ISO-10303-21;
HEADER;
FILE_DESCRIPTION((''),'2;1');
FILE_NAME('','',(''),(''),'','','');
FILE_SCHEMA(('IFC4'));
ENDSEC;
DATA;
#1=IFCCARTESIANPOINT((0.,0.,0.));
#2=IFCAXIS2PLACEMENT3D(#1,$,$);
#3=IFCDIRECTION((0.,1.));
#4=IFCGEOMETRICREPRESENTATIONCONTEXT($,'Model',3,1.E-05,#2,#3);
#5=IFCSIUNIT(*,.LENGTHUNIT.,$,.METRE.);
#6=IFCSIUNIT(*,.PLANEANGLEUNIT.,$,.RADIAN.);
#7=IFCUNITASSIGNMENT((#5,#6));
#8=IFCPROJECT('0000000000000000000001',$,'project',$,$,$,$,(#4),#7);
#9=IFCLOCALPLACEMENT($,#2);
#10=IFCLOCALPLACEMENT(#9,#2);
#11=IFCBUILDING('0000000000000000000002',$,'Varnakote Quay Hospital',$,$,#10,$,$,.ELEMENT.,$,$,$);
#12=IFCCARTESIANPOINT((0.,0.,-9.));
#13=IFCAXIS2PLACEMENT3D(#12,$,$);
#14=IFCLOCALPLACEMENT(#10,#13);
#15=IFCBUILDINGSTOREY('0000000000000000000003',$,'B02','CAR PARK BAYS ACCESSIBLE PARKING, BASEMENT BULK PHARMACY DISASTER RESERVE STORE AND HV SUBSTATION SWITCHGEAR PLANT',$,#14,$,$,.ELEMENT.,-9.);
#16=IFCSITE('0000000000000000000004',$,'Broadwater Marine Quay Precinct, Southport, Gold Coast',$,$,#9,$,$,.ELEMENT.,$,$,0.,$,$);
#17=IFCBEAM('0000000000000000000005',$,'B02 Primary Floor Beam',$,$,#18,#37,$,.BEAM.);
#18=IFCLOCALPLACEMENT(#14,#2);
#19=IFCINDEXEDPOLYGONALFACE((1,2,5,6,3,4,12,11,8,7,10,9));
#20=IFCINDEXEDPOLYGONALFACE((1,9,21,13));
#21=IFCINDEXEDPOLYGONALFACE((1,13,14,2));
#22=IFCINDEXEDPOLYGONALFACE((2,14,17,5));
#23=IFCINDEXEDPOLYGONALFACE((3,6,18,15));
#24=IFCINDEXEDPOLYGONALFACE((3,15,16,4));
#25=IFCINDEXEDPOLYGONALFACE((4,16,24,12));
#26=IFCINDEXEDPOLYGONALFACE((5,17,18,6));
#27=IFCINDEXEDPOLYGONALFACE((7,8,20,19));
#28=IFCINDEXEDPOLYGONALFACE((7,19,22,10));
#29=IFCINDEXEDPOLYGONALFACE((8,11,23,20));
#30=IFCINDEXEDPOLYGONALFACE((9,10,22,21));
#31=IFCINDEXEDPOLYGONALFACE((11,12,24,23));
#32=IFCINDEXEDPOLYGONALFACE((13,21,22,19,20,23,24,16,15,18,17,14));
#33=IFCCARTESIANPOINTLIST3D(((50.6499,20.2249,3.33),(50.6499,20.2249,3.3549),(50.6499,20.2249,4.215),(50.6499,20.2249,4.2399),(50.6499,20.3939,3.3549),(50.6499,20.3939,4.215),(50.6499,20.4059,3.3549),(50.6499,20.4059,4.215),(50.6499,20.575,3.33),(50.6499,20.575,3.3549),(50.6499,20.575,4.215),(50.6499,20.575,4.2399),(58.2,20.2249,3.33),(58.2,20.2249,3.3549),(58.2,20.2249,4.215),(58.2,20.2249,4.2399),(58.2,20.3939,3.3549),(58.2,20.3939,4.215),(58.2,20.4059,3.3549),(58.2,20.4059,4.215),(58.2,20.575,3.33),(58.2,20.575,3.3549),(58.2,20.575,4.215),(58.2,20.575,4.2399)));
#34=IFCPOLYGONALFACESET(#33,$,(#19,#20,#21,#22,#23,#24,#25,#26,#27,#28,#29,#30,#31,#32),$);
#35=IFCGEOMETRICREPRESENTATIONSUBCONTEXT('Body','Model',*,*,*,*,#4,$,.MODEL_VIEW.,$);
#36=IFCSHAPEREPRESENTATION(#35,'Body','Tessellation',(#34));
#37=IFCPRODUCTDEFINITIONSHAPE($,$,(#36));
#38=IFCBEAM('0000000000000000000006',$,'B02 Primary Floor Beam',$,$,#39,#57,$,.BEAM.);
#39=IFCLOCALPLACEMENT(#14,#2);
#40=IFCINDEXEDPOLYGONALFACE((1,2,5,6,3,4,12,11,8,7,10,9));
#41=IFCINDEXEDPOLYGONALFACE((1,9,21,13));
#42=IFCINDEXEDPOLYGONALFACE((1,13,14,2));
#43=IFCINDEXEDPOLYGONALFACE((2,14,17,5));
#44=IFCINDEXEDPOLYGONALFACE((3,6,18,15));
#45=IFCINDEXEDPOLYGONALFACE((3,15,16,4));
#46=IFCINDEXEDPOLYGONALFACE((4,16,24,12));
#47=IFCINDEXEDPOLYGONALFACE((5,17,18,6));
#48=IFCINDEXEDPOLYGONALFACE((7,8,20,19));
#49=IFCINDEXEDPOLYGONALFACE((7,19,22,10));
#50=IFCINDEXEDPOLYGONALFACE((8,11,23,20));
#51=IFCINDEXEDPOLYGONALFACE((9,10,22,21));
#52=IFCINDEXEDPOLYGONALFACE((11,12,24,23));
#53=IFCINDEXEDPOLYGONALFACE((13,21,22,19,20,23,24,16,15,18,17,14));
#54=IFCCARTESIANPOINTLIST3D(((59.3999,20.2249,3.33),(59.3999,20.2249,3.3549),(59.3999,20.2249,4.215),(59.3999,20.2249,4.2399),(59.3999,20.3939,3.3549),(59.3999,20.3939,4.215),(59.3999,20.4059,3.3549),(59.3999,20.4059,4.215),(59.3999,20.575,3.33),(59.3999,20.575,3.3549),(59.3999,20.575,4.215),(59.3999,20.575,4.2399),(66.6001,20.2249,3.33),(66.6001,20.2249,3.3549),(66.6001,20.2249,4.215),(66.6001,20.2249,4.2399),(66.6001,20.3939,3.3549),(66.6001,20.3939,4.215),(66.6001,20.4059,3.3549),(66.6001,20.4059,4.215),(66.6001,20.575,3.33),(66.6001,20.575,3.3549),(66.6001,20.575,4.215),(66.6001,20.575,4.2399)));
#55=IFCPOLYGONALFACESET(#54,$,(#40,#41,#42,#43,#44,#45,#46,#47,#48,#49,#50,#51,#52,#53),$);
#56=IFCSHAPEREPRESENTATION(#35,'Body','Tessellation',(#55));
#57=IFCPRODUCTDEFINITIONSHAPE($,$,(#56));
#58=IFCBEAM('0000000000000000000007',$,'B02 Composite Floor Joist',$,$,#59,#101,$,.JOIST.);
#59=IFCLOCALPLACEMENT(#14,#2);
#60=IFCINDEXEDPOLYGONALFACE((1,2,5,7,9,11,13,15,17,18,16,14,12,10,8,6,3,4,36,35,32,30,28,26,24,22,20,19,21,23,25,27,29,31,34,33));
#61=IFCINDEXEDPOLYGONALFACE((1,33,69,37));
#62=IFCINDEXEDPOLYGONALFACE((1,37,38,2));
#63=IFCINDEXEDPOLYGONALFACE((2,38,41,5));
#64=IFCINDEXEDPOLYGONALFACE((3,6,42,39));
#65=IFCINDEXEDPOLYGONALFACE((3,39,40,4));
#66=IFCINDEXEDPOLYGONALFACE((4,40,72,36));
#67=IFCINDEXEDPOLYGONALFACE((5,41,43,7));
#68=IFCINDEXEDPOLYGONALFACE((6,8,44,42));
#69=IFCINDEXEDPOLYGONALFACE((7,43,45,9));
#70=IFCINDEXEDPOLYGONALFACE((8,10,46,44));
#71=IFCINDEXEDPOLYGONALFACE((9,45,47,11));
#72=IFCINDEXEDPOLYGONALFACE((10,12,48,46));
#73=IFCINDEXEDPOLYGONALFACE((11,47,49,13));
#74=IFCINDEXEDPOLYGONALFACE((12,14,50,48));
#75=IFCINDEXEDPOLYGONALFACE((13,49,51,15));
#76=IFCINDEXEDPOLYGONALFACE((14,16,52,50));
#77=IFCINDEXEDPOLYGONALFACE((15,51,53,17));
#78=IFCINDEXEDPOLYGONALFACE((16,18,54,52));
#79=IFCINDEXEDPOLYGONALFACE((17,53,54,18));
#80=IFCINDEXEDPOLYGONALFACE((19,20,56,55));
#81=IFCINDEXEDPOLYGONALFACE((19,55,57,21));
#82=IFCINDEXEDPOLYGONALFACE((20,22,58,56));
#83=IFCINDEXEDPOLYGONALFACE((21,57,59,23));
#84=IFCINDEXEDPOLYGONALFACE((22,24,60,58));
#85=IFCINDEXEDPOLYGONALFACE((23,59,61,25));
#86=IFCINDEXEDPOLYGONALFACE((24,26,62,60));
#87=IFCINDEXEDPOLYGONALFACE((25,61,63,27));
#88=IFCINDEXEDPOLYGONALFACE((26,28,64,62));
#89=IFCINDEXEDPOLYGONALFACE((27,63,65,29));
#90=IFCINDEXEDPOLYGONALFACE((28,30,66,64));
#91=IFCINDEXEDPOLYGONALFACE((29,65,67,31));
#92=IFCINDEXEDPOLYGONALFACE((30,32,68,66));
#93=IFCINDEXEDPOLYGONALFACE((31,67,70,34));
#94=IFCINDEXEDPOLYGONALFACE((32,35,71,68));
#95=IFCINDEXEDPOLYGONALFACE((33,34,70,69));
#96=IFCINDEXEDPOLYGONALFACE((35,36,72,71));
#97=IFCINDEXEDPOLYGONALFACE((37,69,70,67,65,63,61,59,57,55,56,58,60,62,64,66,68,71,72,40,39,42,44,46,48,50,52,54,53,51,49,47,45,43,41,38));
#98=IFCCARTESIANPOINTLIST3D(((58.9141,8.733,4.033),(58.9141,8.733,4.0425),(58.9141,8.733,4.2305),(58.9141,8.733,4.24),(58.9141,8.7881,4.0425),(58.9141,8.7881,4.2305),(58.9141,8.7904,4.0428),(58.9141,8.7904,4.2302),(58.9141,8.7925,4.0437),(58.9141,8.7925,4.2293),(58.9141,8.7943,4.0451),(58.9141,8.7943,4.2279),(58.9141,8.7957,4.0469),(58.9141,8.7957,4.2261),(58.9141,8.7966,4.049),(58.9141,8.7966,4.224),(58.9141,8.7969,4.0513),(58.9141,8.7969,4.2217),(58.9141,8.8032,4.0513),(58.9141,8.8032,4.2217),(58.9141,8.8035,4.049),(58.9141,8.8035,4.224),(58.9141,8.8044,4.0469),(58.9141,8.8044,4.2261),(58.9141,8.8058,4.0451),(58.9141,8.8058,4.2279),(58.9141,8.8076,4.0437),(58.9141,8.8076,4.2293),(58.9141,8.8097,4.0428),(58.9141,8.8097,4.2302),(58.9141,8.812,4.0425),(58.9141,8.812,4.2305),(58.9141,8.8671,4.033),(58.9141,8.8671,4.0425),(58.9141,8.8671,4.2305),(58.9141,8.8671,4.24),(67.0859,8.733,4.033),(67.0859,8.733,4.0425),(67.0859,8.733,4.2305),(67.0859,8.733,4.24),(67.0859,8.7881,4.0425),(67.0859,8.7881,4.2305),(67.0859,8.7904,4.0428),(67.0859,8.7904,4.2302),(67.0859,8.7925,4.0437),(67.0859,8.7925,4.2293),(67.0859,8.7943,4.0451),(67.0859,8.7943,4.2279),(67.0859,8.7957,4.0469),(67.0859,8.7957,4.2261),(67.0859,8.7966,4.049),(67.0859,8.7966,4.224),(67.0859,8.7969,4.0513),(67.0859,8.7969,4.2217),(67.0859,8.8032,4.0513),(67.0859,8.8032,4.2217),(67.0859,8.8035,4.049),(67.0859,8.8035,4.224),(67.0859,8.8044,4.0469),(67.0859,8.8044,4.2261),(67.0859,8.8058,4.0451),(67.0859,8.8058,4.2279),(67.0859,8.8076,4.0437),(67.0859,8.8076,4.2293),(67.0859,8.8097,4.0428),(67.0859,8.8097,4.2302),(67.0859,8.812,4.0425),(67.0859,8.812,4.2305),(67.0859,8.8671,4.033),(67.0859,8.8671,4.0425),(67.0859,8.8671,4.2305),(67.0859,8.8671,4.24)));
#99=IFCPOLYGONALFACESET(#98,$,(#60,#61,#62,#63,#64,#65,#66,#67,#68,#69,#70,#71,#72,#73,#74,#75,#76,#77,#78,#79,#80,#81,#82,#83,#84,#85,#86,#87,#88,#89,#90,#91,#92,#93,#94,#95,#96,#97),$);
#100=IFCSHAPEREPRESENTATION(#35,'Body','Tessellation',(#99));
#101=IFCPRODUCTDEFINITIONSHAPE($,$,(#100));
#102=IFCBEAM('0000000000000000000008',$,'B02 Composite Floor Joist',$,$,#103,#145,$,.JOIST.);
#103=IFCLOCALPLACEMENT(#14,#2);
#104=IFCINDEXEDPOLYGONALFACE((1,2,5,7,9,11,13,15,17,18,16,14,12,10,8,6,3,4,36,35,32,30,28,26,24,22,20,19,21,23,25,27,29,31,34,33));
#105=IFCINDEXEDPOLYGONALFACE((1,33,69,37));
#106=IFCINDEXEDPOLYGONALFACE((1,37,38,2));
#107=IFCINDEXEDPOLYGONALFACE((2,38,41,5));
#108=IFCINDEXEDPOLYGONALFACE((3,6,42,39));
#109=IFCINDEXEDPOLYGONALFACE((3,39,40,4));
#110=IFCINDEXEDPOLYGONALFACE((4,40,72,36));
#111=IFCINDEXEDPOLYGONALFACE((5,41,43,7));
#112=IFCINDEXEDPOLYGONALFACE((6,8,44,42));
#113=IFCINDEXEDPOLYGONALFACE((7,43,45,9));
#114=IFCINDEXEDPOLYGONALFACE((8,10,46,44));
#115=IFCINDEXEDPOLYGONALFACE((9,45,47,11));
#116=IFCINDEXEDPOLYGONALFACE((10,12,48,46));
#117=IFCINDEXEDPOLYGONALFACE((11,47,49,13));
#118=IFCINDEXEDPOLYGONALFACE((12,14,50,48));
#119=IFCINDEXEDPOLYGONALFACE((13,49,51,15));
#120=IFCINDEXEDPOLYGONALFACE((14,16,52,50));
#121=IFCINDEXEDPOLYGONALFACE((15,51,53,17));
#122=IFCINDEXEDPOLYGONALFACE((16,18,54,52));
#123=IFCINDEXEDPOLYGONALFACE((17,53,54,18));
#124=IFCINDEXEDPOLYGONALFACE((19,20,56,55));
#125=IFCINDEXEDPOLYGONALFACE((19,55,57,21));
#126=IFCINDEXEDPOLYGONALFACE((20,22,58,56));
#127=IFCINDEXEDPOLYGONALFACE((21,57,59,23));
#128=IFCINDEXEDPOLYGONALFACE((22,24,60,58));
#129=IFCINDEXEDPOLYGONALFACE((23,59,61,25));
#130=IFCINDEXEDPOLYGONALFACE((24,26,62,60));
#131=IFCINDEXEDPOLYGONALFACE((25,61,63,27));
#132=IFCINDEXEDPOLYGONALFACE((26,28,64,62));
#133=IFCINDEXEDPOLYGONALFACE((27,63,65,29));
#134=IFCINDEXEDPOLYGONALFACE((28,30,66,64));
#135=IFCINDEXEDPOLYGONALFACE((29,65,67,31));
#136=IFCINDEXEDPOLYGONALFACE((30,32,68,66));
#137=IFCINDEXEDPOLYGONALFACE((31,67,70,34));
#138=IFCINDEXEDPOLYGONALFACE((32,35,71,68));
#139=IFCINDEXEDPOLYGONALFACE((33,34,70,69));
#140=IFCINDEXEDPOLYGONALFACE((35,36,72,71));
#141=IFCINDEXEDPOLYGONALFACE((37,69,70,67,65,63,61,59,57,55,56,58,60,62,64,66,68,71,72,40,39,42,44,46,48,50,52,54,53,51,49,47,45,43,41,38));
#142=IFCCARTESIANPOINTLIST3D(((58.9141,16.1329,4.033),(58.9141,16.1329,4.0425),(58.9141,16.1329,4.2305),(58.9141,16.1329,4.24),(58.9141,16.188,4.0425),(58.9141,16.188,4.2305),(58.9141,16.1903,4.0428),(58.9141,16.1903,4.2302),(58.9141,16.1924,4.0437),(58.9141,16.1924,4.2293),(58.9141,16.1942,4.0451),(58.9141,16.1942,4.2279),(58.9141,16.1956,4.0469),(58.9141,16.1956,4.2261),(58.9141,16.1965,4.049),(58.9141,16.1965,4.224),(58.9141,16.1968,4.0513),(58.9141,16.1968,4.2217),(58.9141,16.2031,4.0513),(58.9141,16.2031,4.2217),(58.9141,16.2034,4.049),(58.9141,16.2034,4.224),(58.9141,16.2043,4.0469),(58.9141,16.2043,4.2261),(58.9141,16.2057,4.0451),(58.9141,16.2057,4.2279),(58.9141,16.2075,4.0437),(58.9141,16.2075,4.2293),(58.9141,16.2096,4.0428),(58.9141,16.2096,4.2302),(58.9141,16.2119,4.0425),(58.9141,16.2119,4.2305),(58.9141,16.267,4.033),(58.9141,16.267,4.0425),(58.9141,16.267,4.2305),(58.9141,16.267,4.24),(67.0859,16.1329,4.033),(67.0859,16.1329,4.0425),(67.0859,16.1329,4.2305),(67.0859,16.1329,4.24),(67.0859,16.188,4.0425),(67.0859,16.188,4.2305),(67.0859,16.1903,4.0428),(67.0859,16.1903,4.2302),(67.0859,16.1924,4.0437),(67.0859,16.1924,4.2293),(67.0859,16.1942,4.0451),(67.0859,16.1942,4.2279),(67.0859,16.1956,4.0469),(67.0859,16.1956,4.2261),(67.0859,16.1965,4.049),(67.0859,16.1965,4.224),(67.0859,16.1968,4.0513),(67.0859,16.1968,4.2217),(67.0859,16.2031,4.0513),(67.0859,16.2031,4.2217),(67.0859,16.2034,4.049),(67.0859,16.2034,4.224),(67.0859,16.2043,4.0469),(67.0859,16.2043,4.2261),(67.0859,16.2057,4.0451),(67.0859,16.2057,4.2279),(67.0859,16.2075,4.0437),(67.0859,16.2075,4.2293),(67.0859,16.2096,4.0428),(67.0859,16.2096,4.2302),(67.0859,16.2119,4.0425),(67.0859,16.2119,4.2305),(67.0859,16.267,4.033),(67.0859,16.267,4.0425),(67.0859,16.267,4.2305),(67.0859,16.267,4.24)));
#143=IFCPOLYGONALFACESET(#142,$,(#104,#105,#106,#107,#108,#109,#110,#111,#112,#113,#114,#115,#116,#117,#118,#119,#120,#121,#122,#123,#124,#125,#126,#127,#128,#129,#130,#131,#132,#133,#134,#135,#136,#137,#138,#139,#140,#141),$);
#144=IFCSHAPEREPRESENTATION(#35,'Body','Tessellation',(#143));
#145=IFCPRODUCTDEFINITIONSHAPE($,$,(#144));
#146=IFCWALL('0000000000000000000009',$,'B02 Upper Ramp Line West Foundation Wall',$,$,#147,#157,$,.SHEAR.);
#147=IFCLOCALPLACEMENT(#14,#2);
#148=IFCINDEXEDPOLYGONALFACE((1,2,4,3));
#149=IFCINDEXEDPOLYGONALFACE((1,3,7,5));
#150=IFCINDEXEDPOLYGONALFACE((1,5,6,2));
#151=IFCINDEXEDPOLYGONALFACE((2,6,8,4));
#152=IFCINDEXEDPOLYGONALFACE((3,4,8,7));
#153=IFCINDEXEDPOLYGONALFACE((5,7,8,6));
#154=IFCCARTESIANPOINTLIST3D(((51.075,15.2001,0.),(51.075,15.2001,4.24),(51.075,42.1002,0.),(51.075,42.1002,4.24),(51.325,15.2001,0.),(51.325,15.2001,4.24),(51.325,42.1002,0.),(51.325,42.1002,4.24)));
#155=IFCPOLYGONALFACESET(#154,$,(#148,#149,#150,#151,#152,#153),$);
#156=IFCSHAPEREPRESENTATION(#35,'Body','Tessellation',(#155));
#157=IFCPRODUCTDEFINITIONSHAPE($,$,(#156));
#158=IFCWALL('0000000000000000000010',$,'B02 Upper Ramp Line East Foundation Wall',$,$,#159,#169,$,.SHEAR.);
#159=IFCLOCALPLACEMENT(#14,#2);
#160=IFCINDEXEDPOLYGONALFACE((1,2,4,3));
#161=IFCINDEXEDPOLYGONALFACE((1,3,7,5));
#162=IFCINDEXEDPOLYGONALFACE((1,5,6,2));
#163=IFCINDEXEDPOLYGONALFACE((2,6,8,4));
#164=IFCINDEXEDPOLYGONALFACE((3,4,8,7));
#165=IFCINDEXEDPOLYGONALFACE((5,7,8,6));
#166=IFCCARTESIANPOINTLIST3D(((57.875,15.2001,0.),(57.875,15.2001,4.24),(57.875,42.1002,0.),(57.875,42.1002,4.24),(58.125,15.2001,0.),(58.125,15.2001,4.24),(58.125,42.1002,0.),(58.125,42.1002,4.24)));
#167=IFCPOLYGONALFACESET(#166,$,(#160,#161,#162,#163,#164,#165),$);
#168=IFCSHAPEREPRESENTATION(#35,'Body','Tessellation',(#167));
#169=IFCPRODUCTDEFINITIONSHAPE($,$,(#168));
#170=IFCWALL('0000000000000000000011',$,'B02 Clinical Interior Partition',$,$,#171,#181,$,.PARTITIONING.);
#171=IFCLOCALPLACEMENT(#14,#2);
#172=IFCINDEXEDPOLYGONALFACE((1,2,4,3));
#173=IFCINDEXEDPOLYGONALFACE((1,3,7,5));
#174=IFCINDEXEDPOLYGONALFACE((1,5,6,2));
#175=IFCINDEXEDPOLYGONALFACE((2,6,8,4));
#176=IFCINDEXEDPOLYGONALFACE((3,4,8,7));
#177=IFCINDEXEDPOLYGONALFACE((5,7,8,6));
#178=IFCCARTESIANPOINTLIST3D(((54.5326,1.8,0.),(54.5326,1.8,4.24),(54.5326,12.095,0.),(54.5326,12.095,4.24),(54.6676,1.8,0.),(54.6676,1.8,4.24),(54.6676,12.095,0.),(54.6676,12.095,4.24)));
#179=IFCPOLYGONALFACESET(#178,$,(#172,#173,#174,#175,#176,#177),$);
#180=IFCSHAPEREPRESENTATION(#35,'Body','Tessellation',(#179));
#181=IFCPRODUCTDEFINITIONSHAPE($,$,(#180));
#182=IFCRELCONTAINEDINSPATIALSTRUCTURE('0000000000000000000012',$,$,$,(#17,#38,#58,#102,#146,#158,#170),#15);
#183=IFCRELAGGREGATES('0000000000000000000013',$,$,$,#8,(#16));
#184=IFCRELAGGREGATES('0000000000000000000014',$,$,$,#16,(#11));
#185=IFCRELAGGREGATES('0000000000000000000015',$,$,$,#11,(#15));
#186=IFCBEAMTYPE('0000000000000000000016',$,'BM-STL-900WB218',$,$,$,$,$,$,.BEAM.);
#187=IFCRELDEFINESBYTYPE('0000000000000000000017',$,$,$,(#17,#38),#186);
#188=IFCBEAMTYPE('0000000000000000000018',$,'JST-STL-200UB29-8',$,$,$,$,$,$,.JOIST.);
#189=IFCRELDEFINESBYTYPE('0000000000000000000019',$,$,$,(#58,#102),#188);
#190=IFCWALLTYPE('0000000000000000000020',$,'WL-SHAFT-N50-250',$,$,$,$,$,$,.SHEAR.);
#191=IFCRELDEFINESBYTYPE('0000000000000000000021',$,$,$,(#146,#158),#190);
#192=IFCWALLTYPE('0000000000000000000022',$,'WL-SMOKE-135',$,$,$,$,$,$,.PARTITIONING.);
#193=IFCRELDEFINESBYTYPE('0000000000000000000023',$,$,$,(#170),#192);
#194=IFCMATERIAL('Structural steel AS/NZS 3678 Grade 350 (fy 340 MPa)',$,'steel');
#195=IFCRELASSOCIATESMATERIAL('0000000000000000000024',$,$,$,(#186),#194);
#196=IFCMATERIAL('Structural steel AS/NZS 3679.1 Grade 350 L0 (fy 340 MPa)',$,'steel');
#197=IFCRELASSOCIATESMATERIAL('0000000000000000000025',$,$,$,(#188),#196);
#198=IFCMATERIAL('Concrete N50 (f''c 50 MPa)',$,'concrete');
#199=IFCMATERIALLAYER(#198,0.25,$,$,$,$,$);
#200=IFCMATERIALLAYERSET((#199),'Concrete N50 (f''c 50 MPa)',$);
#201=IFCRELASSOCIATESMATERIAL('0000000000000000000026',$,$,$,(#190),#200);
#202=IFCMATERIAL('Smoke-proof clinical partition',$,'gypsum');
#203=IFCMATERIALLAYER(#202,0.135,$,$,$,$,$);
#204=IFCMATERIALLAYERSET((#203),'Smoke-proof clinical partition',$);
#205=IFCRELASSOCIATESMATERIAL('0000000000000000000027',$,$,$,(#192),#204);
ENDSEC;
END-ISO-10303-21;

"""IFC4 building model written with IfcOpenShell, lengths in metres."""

from ifc_helpers import new_model, si_unit, direction, frame, frame_2d, origin, origin_2d, place, context, subcontext, project, spatial, rectangle, i_section, extrude, material, layer, layer_set, material_profile, profile_set, type_object, element, save


model = new_model("IFC4")

# Units and contexts
model_context = context("Model", 3, precision=1e-05, world=origin(), true_north=direction((0.0, 1.0)))
body_context = subcontext(model_context, "Body", "Model", "MODEL_VIEW")
ifc_project = project(units=[si_unit("LENGTHUNIT", "METRE"), si_unit("PLANEANGLEUNIT", "RADIAN")], contexts=[model_context])

# Site, building, storey
site_placement = place(None, origin())
site = spatial("IfcSite", under=ifc_project, at=site_placement, Name="Broadwater Marine Quay Precinct, Southport, Gold Coast", CompositionType="ELEMENT", RefElevation=0.0)
building_placement = place(site_placement, origin())
building = spatial("IfcBuilding", under=site, at=building_placement, Name="Varnakote Quay Hospital", CompositionType="ELEMENT")
storey_placement = place(building_placement, frame((0.0, 0.0, -9.0)))
storey = spatial("IfcBuildingStorey", under=building, at=storey_placement, Name="B02", Description="CAR PARK BAYS ACCESSIBLE PARKING, BASEMENT BULK PHARMACY DISASTER RESERVE STORE AND HV SUBSTATION SWITCHGEAR PLANT", CompositionType="ELEMENT", Elevation=-9.0)

# Beams
ifc_material_1 = material(Name="Structural steel AS/NZS 3678 Grade 350 (fy 340 MPa)", Category="steel")
ifc_material_profile_1 = material_profile(ifc_material_1, i_section(OverallWidth=0.3501, OverallDepth=0.9099, WebThickness=0.012, FlangeThickness=0.0249, at=origin_2d()), Name="900WB218")
ifc_profile_set_1 = profile_set([ifc_material_profile_1], Name="Structural steel AS/NZS 3678 Grade 350 (fy 340 MPa)")
beam_type_1 = type_object("IfcBeamType", Name="BM-STL-900WB218", PredefinedType="BEAM", material=ifc_profile_set_1)
beam_1_placement = place(storey_placement, frame((50.6499, 20.3999, 3.7849), z_axis=(1.0, 0.0, 0.0), x_axis=(0.0, 1.0, 0.0)))
element("IfcBeam", 1, at=beam_1_placement, inside=storey, type_object=beam_type_1, Name="B02 Primary Floor Beam", PredefinedType="BEAM", context=body_context, shape_type="SweptSolid", body=[
    extrude(i_section(OverallWidth=0.3501, OverallDepth=0.9099, WebThickness=0.012, FlangeThickness=0.0249, at=origin_2d()), origin(), (0.0, 0.0, 1.0), 7.55),
])
beam_2_placement = place(storey_placement, frame((59.3999, 20.3999, 3.7849), z_axis=(1.0, 0.0, 0.0), x_axis=(0.0, 1.0, 0.0)))
element("IfcBeam", 2, at=beam_2_placement, inside=storey, type_object=beam_type_1, Name="B02 Primary Floor Beam", PredefinedType="BEAM", context=body_context, shape_type="SweptSolid", body=[
    extrude(i_section(OverallWidth=0.3501, OverallDepth=0.9099, WebThickness=0.012, FlangeThickness=0.0249, at=origin_2d()), origin(), (0.0, 0.0, 1.0), 7.2002),
])
ifc_material_2 = material(Name="Structural steel AS/NZS 3679.1 Grade 350 L0 (fy 340 MPa)", Category="steel")
ifc_material_profile_2 = material_profile(ifc_material_2, i_section(OverallWidth=0.134, OverallDepth=0.207, WebThickness=0.0063, FlangeThickness=0.0095, FilletRadius=0.0088, at=origin_2d()), Name="200UB29.8")
ifc_profile_set_2 = profile_set([ifc_material_profile_2], Name="Structural steel AS/NZS 3679.1 Grade 350 L0 (fy 340 MPa)")
beam_type_2 = type_object("IfcBeamType", Name="JST-STL-200UB29-8", PredefinedType="JOIST", material=ifc_profile_set_2)
for number, where, z_axis, x_axis, name in (
    (3, (58.9141, 8.8, 4.1365), (1.0, 0.0, 0.0), (0.0, 1.0, 0.0), "B02 Composite Floor Joist"),
    (4, (58.9141, 16.2, 4.1365), (1.0, 0.0, 0.0), (0.0, 1.0, 0.0), "B02 Composite Floor Joist"),
):
    element("IfcBeam", number, at=place(storey_placement, frame(where, z_axis=z_axis, x_axis=x_axis)), inside=storey, type_object=beam_type_2, Name=name, PredefinedType="JOIST", context=body_context, shape_type="SweptSolid", body=[
        extrude(i_section(OverallWidth=0.134, OverallDepth=0.207, WebThickness=0.0063, FlangeThickness=0.0095, FilletRadius=0.0088, at=origin_2d()), origin(), (0.0, 0.0, 1.0), 8.1719),
    ])

# Walls
ifc_material_3 = material(Name="Concrete N50 (f'c 50 MPa)", Category="concrete")
ifc_layer_1 = layer(ifc_material_3, 0.25)
ifc_layer_set_1 = layer_set([ifc_layer_1], Name="Concrete N50 (f'c 50 MPa)")
wall_type_1 = type_object("IfcWallType", Name="WL-SHAFT-N50-250", PredefinedType="SHEAR", material=ifc_layer_set_1)
for number, where, z_axis, x_axis, name in (
    (5, (51.2, 15.2, 0.0), (0.0, 0.0, 1.0), (0.0, 1.0, 0.0), "B02 Upper Ramp Line West Foundation Wall"),
    (6, (58.0, 15.2, 0.0), (0.0, 0.0, 1.0), (0.0, 1.0, 0.0), "B02 Upper Ramp Line East Foundation Wall"),
):
    element("IfcWall", number, at=place(storey_placement, frame(where, z_axis=z_axis, x_axis=x_axis)), inside=storey, type_object=wall_type_1, Name=name, PredefinedType="SHEAR", context=body_context, shape_type="SweptSolid", body=[
        extrude(rectangle(XDim=26.9001, YDim=0.25, at=frame_2d((13.4502, 0.0))), origin(), (0.0, 0.0, 1.0), 4.24),
    ])
ifc_material_4 = material(Name="Smoke-proof clinical partition", Category="gypsum")
ifc_layer_2 = layer(ifc_material_4, 0.135)
ifc_layer_set_2 = layer_set([ifc_layer_2], Name="Smoke-proof clinical partition")
wall_type_2 = type_object("IfcWallType", Name="WL-SMOKE-135", PredefinedType="PARTITIONING", material=ifc_layer_set_2)
wall_1_placement = place(storey_placement, frame((54.6001, 1.8, 0.0), z_axis=(0.0, 0.0, 1.0), x_axis=(0.0, 1.0, 0.0)))
element("IfcWall", 7, at=wall_1_placement, inside=storey, type_object=wall_type_2, Name="B02 Clinical Interior Partition", PredefinedType="PARTITIONING", context=body_context, shape_type="SweptSolid", body=[
    extrude(rectangle(XDim=10.2949, YDim=0.135, at=frame_2d((5.1475, 0.0))), origin(), (0.0, 0.0, 1.0), 4.24),
])

save(model, "model.ifc")
